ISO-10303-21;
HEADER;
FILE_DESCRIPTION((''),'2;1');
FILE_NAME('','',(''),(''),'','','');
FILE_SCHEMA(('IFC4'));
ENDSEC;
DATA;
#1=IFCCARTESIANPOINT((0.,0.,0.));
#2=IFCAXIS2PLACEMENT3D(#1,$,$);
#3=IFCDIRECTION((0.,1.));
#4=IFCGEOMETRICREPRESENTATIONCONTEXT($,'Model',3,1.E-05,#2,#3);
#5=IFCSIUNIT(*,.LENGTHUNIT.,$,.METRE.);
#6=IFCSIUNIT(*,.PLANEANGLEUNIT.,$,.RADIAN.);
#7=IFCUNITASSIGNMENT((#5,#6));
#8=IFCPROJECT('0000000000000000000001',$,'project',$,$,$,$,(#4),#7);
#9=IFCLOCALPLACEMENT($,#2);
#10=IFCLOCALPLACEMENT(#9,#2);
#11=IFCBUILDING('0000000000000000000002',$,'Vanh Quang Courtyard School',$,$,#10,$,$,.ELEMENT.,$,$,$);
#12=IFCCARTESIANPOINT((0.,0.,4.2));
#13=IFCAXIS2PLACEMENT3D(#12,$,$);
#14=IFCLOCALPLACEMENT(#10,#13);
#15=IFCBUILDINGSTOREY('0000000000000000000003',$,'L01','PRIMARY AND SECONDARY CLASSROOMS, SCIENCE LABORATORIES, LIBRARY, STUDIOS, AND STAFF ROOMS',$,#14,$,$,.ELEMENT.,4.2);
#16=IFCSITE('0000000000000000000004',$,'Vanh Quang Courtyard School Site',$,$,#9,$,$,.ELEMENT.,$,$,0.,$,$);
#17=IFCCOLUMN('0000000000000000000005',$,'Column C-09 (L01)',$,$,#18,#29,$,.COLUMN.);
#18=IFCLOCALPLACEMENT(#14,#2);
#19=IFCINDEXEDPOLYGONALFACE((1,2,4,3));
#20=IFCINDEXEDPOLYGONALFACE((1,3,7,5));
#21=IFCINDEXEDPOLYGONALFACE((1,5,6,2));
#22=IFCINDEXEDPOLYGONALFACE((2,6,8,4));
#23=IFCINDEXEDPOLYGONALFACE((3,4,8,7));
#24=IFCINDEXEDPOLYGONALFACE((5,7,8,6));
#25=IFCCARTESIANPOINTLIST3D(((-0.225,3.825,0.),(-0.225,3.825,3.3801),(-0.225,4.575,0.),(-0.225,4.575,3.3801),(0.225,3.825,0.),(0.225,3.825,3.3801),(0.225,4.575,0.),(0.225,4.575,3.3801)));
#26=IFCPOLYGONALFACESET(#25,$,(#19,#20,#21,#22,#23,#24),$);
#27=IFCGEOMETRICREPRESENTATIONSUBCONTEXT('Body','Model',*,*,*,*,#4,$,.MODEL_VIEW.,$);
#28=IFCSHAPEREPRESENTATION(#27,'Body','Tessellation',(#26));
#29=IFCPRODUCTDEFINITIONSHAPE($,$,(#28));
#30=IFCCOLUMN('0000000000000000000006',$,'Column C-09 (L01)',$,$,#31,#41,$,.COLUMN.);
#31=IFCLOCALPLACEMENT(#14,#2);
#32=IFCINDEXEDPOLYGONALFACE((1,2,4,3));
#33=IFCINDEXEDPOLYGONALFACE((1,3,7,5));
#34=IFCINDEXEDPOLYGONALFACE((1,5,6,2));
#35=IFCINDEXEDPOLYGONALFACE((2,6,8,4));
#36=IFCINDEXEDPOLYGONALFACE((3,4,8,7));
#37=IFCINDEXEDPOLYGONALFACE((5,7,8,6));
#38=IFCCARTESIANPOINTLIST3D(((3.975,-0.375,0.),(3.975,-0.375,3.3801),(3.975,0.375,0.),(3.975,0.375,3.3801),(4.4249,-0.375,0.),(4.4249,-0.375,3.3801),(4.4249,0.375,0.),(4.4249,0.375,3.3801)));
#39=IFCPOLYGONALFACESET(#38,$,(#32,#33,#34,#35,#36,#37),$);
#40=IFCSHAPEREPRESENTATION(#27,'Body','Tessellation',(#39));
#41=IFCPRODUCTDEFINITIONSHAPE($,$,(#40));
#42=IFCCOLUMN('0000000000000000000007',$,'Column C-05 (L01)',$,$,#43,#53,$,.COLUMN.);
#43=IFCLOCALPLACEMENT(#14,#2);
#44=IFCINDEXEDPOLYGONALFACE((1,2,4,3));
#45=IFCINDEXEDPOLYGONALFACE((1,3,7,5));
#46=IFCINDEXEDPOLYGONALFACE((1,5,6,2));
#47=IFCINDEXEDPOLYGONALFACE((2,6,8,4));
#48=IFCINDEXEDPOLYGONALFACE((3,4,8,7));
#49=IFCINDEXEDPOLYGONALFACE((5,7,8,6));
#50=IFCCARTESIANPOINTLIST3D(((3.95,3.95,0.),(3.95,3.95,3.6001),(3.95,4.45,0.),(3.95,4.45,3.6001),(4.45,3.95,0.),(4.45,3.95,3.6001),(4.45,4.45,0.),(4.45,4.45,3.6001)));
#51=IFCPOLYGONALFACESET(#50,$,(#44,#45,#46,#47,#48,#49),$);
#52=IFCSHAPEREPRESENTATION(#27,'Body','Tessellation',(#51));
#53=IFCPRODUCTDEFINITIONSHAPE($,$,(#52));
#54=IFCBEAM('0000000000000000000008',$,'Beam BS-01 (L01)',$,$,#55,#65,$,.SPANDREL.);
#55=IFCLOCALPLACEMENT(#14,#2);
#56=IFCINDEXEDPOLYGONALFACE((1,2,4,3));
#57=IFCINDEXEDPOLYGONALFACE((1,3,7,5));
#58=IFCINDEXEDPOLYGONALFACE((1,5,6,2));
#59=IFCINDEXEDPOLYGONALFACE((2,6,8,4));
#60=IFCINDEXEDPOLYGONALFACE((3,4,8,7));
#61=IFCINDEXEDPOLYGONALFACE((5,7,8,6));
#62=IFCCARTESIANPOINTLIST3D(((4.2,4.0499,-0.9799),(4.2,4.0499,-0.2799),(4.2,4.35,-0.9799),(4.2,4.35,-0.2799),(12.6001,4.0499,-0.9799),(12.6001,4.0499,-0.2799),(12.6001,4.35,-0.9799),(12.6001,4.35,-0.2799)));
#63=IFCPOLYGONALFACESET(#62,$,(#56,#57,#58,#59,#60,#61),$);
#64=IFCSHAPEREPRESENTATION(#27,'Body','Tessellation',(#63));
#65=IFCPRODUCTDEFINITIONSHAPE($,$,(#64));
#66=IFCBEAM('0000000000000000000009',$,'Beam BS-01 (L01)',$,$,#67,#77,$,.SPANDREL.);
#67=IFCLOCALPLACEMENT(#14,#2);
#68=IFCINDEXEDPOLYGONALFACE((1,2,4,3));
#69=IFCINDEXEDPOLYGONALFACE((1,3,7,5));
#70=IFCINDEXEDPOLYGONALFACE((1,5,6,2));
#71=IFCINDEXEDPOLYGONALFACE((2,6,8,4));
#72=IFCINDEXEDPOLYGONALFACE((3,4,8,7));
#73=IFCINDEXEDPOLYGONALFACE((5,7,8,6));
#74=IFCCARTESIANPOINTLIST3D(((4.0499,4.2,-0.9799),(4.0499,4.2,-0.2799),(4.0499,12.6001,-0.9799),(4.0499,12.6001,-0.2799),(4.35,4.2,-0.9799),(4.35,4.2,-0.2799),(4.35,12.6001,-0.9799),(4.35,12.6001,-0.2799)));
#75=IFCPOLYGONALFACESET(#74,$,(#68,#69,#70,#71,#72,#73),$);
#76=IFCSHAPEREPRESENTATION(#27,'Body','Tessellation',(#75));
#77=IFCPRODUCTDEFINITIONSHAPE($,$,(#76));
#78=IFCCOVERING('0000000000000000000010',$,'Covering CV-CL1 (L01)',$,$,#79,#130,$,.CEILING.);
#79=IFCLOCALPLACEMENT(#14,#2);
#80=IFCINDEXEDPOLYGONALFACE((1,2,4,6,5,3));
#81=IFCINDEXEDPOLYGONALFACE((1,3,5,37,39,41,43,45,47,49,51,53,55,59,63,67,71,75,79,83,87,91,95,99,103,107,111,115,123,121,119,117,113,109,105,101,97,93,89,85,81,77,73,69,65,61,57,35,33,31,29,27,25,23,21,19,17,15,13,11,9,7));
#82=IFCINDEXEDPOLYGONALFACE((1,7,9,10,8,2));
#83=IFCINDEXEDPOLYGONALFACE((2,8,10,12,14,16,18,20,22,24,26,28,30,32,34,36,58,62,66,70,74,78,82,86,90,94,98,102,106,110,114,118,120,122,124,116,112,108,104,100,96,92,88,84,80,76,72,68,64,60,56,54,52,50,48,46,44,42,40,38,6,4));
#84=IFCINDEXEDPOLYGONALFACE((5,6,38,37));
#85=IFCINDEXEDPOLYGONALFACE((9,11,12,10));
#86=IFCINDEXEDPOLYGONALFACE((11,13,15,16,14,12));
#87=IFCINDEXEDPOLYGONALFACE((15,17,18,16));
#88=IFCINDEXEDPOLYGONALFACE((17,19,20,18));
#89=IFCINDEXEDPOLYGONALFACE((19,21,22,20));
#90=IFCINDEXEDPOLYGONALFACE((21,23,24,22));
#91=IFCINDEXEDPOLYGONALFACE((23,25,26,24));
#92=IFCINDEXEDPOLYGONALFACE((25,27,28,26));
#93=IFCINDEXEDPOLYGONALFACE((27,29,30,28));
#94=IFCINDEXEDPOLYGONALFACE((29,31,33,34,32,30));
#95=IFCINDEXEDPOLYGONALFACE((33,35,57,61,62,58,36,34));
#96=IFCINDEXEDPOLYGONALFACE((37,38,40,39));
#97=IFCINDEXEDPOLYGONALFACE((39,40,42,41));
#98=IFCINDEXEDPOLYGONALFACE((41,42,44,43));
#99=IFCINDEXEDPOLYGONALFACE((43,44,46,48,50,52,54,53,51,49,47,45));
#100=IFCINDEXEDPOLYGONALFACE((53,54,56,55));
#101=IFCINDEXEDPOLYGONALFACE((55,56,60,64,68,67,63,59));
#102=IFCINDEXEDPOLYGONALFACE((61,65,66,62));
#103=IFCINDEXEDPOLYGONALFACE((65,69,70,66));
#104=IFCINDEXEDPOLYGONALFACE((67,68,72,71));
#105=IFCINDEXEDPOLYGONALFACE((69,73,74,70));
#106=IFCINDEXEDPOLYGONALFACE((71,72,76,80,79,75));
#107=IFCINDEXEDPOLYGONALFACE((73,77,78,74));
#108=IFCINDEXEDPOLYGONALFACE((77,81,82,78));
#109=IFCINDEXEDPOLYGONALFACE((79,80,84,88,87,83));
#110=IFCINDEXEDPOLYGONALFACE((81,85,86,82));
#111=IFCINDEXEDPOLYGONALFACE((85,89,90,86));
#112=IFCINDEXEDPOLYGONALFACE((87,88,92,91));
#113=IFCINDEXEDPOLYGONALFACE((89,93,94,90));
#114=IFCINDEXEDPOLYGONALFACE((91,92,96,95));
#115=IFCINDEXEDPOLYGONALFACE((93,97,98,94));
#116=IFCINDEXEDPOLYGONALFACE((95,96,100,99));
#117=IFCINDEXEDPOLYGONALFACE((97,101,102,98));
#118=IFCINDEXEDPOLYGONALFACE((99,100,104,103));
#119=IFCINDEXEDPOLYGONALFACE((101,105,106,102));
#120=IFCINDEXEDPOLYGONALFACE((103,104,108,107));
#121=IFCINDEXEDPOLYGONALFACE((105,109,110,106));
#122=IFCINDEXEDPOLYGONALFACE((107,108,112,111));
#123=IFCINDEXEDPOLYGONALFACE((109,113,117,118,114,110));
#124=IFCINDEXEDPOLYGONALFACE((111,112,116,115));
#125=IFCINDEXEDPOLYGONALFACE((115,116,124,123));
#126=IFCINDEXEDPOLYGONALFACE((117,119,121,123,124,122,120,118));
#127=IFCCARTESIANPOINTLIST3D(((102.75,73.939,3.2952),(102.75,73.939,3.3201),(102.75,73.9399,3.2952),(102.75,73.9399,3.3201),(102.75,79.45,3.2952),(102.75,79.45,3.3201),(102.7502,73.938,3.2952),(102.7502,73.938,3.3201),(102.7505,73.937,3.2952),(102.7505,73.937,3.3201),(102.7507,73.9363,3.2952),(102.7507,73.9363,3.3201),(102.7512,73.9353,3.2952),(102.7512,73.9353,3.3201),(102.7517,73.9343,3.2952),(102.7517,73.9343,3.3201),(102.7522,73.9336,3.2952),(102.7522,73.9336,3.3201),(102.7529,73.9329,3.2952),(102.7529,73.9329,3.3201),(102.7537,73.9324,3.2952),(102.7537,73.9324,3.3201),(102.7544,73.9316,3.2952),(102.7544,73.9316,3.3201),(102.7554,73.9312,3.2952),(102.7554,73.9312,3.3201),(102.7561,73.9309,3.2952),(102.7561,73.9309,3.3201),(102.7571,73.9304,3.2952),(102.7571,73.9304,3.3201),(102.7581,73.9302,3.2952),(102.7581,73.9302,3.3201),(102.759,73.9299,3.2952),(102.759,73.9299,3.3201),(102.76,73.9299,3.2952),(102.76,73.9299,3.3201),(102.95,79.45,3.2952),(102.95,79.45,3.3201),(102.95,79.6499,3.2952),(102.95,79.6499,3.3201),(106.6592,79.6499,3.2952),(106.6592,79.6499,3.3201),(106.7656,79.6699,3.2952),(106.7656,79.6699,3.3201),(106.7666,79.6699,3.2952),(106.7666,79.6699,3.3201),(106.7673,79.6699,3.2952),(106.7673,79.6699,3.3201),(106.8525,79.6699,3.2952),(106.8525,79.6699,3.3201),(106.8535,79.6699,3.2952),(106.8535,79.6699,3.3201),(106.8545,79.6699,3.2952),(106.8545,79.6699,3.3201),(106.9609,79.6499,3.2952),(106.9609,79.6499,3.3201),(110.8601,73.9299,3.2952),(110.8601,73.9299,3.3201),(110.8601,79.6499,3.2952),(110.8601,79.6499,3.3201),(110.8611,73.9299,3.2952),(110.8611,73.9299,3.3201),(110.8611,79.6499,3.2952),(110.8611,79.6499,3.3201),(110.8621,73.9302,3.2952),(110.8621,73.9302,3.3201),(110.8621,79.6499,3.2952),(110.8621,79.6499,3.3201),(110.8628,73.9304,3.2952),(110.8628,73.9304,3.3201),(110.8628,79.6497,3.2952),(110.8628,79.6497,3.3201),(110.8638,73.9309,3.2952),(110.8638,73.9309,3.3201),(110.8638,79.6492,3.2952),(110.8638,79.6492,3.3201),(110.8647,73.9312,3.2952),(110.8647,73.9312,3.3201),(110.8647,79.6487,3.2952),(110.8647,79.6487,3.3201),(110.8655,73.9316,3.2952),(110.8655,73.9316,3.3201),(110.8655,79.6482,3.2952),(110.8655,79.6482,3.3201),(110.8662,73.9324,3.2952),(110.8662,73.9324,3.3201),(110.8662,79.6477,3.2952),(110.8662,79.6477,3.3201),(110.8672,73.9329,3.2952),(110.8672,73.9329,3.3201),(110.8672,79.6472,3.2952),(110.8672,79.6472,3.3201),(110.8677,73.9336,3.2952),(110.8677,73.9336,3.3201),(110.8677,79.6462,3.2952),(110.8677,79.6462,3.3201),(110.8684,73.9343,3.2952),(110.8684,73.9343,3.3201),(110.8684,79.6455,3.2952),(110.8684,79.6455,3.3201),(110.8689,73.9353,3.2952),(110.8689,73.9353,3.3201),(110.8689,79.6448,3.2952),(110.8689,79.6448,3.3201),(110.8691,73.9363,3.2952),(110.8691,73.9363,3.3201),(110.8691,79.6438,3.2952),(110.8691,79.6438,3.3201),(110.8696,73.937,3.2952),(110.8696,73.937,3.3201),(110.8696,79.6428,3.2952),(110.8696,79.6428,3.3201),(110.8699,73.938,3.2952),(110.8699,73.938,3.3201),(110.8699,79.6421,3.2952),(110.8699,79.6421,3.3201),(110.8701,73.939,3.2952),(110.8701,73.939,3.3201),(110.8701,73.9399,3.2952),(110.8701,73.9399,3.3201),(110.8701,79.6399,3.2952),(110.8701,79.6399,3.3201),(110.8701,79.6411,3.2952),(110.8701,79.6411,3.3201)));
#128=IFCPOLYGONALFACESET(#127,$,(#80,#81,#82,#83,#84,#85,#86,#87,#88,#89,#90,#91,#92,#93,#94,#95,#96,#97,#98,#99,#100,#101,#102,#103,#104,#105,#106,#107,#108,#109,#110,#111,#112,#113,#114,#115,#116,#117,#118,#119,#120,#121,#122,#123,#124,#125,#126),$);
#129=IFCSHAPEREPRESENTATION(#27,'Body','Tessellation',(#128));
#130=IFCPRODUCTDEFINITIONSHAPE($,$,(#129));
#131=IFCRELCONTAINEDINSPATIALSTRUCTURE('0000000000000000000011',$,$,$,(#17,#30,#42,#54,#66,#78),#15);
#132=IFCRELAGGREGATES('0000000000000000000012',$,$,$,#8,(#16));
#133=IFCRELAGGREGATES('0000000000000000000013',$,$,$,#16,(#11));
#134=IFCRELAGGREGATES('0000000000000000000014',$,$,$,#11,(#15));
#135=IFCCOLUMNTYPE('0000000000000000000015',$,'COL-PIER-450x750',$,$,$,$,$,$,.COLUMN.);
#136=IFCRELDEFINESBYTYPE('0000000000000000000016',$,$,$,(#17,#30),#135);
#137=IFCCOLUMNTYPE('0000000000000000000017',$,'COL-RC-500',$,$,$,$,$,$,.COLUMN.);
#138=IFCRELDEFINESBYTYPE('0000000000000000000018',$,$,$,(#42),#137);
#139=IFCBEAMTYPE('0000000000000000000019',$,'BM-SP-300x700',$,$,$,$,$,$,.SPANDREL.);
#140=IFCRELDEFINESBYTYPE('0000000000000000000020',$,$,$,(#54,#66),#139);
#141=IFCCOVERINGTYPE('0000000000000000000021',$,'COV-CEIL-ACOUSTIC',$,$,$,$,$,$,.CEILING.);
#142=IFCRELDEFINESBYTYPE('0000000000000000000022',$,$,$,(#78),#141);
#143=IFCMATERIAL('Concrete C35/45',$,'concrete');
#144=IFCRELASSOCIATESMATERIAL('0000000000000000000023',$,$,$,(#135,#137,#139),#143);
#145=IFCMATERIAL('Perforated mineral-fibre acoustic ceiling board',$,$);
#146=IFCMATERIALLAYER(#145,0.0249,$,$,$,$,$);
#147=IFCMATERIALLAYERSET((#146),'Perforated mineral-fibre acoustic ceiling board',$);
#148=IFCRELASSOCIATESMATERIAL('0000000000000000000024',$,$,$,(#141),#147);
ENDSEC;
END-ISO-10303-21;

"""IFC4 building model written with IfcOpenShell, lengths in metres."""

from ifc_helpers import new_model, si_unit, direction, frame, origin, origin_2d, place, context, subcontext, project, spatial, polyline, rectangle, outline, extrude, material, layer, layer_set, material_profile, profile_set, type_object, element, save


model = new_model("IFC4")

# Units and contexts
model_context = context("Model", 3, precision=1e-05, world=origin(), true_north=direction((0.0, 1.0)))
body_context = subcontext(model_context, "Body", "Model", "MODEL_VIEW")
ifc_project = project(units=[si_unit("LENGTHUNIT", "METRE"), si_unit("PLANEANGLEUNIT", "RADIAN")], contexts=[model_context])

# Site, building, storey
site_placement = place(None, origin())
site = spatial("IfcSite", under=ifc_project, at=site_placement, Name="Vanh Quang Courtyard School Site", CompositionType="ELEMENT", RefElevation=0.0)
building_placement = place(site_placement, origin())
building = spatial("IfcBuilding", under=site, at=building_placement, Name="Vanh Quang Courtyard School", CompositionType="ELEMENT")
storey_placement = place(building_placement, frame((0.0, 0.0, 4.2)))
storey = spatial("IfcBuildingStorey", under=building, at=storey_placement, Name="L01", Description="PRIMARY AND SECONDARY CLASSROOMS, SCIENCE LABORATORIES, LIBRARY, STUDIOS, AND STAFF ROOMS", CompositionType="ELEMENT", Elevation=4.2)

# Columns
ifc_material_1 = material(Name="Concrete C35/45", Category="concrete")
ifc_material_profile_1 = material_profile(ifc_material_1, rectangle(XDim=0.45, YDim=0.75, at=origin_2d()), Name="RC-PIER 450x750")
ifc_profile_set_1 = profile_set([ifc_material_profile_1], Name="Concrete C35/45")
column_type_1 = type_object("IfcColumnType", Name="COL-PIER-450x750", PredefinedType="COLUMN", material=ifc_profile_set_1)
for number, where, z_axis, x_axis, name in (
    (1, (0.0, 4.2, 0.0), (0.0, 0.0, 1.0), (1.0, 0.0, 0.0), "Column C-09 (L01)"),
    (2, (4.2, 0.0, 0.0), (0.0, 0.0, 1.0), (1.0, 0.0, 0.0), "Column C-09 (L01)"),
):
    element("IfcColumn", number, at=place(storey_placement, frame(where, z_axis=z_axis, x_axis=x_axis)), inside=storey, type_object=column_type_1, Name=name, PredefinedType="COLUMN", context=body_context, shape_type="SweptSolid", body=[
        extrude(rectangle(XDim=0.45, YDim=0.75, at=origin_2d()), origin(), (0.0, 0.0, 1.0), 3.3801),
    ])
ifc_material_profile_2 = material_profile(ifc_material_1, rectangle(XDim=0.5, YDim=0.5, at=origin_2d()), Name="RC-COL 500x500")
ifc_profile_set_2 = profile_set([ifc_material_profile_2], Name="Concrete C35/45")
column_type_2 = type_object("IfcColumnType", Name="COL-RC-500", PredefinedType="COLUMN", material=ifc_profile_set_2)
column_placement = place(storey_placement, frame((4.2, 4.2, 0.0), z_axis=(0.0, 0.0, 1.0), x_axis=(1.0, 0.0, 0.0)))
element("IfcColumn", 3, at=column_placement, inside=storey, type_object=column_type_2, Name="Column C-05 (L01)", PredefinedType="COLUMN", context=body_context, shape_type="SweptSolid", body=[
    extrude(rectangle(XDim=0.5, YDim=0.5, at=origin_2d()), origin(), (0.0, 0.0, 1.0), 3.6001),
])

# Beams
ifc_material_profile_3 = material_profile(ifc_material_1, rectangle(XDim=0.3, YDim=0.7, at=origin_2d()), Name="RC-SP 300x700")
ifc_profile_set_3 = profile_set([ifc_material_profile_3], Name="Concrete C35/45")
beam_type = type_object("IfcBeamType", Name="BM-SP-300x700", PredefinedType="SPANDREL", material=ifc_profile_set_3)
for number, where, z_axis, x_axis, name in (
    (4, (4.2, 4.2, -0.6299), (1.0, 0.0, 0.0), (0.0, 1.0, 0.0), "Beam BS-01 (L01)"),
    (5, (4.2, 4.2, -0.6299), (0.0, 1.0, 0.0), (-1.0, 0.0, 0.0), "Beam BS-01 (L01)"),
):
    element("IfcBeam", number, at=place(storey_placement, frame(where, z_axis=z_axis, x_axis=x_axis)), inside=storey, type_object=beam_type, Name=name, PredefinedType="SPANDREL", context=body_context, shape_type="SweptSolid", body=[
        extrude(rectangle(XDim=0.3, YDim=0.7, at=origin_2d()), origin(), (0.0, 0.0, 1.0), 8.4001),
    ])

# Covering
ifc_material_2 = material(Name="Perforated mineral-fibre acoustic ceiling board")
ifc_layer_1 = layer(ifc_material_2, 0.0249)
ifc_layer_set_1 = layer_set([ifc_layer_1], Name="Perforated mineral-fibre acoustic ceiling board")
covering_type_1 = type_object("IfcCoveringType", Name="COV-CEIL-ACOUSTIC", PredefinedType="CEILING", material=ifc_layer_set_1)
covering_1_placement = place(storey_placement, frame((0.0, 0.0, 3.2952)))
element("IfcCovering", 6, at=covering_1_placement, inside=storey, type_object=covering_type_1, Name="Covering CV-CL1 (L01)", PredefinedType="CEILING", context=body_context, shape_type="SweptSolid", body=[
    extrude(outline(polyline([(102.75, 79.45), (102.95, 79.45), (102.95, 79.6499), (106.6592, 79.6499), (106.7656, 79.6699), (106.7666, 79.6699), (106.7673, 79.6699), (106.8525, 79.6699), (106.8535, 79.6699), (106.8545, 79.6699), (106.9609, 79.6499), (110.8601, 79.6499), (110.8611, 79.6499), (110.8621, 79.6499), (110.8628, 79.6497), (110.8638, 79.6492), (110.8647, 79.6487), (110.8655, 79.6482), (110.8662, 79.6477), (110.8672, 79.6472), (110.8677, 79.6462), (110.8684, 79.6455), (110.8689, 79.6448), (110.8691, 79.6438), (110.8696, 79.6428), (110.8699, 79.6421), (110.8701, 79.6411), (110.8701, 79.6399), (110.8701, 73.9399), (110.8701, 73.939), (110.8699, 73.938), (110.8696, 73.937), (110.8691, 73.9363), (110.8689, 73.9353), (110.8684, 73.9343), (110.8677, 73.9336), (110.8672, 73.9329), (110.8662, 73.9324), (110.8655, 73.9316), (110.8647, 73.9312), (110.8638, 73.9309), (110.8628, 73.9304), (110.8621, 73.9302), (110.8611, 73.9299), (110.8601, 73.9299), (102.76, 73.9299), (102.759, 73.9299), (102.7581, 73.9302), (102.7571, 73.9304), (102.7561, 73.9309), (102.7554, 73.9312), (102.7544, 73.9316), (102.7537, 73.9324), (102.7529, 73.9329), (102.7522, 73.9336), (102.7517, 73.9343), (102.7512, 73.9353), (102.7507, 73.9363), (102.7505, 73.937), (102.7502, 73.938), (102.75, 73.939), (102.75, 73.9399), (102.75, 79.45)])), origin(), (0.0, 0.0, 1.0), 0.0249),
])

save(model, "model.ifc")
